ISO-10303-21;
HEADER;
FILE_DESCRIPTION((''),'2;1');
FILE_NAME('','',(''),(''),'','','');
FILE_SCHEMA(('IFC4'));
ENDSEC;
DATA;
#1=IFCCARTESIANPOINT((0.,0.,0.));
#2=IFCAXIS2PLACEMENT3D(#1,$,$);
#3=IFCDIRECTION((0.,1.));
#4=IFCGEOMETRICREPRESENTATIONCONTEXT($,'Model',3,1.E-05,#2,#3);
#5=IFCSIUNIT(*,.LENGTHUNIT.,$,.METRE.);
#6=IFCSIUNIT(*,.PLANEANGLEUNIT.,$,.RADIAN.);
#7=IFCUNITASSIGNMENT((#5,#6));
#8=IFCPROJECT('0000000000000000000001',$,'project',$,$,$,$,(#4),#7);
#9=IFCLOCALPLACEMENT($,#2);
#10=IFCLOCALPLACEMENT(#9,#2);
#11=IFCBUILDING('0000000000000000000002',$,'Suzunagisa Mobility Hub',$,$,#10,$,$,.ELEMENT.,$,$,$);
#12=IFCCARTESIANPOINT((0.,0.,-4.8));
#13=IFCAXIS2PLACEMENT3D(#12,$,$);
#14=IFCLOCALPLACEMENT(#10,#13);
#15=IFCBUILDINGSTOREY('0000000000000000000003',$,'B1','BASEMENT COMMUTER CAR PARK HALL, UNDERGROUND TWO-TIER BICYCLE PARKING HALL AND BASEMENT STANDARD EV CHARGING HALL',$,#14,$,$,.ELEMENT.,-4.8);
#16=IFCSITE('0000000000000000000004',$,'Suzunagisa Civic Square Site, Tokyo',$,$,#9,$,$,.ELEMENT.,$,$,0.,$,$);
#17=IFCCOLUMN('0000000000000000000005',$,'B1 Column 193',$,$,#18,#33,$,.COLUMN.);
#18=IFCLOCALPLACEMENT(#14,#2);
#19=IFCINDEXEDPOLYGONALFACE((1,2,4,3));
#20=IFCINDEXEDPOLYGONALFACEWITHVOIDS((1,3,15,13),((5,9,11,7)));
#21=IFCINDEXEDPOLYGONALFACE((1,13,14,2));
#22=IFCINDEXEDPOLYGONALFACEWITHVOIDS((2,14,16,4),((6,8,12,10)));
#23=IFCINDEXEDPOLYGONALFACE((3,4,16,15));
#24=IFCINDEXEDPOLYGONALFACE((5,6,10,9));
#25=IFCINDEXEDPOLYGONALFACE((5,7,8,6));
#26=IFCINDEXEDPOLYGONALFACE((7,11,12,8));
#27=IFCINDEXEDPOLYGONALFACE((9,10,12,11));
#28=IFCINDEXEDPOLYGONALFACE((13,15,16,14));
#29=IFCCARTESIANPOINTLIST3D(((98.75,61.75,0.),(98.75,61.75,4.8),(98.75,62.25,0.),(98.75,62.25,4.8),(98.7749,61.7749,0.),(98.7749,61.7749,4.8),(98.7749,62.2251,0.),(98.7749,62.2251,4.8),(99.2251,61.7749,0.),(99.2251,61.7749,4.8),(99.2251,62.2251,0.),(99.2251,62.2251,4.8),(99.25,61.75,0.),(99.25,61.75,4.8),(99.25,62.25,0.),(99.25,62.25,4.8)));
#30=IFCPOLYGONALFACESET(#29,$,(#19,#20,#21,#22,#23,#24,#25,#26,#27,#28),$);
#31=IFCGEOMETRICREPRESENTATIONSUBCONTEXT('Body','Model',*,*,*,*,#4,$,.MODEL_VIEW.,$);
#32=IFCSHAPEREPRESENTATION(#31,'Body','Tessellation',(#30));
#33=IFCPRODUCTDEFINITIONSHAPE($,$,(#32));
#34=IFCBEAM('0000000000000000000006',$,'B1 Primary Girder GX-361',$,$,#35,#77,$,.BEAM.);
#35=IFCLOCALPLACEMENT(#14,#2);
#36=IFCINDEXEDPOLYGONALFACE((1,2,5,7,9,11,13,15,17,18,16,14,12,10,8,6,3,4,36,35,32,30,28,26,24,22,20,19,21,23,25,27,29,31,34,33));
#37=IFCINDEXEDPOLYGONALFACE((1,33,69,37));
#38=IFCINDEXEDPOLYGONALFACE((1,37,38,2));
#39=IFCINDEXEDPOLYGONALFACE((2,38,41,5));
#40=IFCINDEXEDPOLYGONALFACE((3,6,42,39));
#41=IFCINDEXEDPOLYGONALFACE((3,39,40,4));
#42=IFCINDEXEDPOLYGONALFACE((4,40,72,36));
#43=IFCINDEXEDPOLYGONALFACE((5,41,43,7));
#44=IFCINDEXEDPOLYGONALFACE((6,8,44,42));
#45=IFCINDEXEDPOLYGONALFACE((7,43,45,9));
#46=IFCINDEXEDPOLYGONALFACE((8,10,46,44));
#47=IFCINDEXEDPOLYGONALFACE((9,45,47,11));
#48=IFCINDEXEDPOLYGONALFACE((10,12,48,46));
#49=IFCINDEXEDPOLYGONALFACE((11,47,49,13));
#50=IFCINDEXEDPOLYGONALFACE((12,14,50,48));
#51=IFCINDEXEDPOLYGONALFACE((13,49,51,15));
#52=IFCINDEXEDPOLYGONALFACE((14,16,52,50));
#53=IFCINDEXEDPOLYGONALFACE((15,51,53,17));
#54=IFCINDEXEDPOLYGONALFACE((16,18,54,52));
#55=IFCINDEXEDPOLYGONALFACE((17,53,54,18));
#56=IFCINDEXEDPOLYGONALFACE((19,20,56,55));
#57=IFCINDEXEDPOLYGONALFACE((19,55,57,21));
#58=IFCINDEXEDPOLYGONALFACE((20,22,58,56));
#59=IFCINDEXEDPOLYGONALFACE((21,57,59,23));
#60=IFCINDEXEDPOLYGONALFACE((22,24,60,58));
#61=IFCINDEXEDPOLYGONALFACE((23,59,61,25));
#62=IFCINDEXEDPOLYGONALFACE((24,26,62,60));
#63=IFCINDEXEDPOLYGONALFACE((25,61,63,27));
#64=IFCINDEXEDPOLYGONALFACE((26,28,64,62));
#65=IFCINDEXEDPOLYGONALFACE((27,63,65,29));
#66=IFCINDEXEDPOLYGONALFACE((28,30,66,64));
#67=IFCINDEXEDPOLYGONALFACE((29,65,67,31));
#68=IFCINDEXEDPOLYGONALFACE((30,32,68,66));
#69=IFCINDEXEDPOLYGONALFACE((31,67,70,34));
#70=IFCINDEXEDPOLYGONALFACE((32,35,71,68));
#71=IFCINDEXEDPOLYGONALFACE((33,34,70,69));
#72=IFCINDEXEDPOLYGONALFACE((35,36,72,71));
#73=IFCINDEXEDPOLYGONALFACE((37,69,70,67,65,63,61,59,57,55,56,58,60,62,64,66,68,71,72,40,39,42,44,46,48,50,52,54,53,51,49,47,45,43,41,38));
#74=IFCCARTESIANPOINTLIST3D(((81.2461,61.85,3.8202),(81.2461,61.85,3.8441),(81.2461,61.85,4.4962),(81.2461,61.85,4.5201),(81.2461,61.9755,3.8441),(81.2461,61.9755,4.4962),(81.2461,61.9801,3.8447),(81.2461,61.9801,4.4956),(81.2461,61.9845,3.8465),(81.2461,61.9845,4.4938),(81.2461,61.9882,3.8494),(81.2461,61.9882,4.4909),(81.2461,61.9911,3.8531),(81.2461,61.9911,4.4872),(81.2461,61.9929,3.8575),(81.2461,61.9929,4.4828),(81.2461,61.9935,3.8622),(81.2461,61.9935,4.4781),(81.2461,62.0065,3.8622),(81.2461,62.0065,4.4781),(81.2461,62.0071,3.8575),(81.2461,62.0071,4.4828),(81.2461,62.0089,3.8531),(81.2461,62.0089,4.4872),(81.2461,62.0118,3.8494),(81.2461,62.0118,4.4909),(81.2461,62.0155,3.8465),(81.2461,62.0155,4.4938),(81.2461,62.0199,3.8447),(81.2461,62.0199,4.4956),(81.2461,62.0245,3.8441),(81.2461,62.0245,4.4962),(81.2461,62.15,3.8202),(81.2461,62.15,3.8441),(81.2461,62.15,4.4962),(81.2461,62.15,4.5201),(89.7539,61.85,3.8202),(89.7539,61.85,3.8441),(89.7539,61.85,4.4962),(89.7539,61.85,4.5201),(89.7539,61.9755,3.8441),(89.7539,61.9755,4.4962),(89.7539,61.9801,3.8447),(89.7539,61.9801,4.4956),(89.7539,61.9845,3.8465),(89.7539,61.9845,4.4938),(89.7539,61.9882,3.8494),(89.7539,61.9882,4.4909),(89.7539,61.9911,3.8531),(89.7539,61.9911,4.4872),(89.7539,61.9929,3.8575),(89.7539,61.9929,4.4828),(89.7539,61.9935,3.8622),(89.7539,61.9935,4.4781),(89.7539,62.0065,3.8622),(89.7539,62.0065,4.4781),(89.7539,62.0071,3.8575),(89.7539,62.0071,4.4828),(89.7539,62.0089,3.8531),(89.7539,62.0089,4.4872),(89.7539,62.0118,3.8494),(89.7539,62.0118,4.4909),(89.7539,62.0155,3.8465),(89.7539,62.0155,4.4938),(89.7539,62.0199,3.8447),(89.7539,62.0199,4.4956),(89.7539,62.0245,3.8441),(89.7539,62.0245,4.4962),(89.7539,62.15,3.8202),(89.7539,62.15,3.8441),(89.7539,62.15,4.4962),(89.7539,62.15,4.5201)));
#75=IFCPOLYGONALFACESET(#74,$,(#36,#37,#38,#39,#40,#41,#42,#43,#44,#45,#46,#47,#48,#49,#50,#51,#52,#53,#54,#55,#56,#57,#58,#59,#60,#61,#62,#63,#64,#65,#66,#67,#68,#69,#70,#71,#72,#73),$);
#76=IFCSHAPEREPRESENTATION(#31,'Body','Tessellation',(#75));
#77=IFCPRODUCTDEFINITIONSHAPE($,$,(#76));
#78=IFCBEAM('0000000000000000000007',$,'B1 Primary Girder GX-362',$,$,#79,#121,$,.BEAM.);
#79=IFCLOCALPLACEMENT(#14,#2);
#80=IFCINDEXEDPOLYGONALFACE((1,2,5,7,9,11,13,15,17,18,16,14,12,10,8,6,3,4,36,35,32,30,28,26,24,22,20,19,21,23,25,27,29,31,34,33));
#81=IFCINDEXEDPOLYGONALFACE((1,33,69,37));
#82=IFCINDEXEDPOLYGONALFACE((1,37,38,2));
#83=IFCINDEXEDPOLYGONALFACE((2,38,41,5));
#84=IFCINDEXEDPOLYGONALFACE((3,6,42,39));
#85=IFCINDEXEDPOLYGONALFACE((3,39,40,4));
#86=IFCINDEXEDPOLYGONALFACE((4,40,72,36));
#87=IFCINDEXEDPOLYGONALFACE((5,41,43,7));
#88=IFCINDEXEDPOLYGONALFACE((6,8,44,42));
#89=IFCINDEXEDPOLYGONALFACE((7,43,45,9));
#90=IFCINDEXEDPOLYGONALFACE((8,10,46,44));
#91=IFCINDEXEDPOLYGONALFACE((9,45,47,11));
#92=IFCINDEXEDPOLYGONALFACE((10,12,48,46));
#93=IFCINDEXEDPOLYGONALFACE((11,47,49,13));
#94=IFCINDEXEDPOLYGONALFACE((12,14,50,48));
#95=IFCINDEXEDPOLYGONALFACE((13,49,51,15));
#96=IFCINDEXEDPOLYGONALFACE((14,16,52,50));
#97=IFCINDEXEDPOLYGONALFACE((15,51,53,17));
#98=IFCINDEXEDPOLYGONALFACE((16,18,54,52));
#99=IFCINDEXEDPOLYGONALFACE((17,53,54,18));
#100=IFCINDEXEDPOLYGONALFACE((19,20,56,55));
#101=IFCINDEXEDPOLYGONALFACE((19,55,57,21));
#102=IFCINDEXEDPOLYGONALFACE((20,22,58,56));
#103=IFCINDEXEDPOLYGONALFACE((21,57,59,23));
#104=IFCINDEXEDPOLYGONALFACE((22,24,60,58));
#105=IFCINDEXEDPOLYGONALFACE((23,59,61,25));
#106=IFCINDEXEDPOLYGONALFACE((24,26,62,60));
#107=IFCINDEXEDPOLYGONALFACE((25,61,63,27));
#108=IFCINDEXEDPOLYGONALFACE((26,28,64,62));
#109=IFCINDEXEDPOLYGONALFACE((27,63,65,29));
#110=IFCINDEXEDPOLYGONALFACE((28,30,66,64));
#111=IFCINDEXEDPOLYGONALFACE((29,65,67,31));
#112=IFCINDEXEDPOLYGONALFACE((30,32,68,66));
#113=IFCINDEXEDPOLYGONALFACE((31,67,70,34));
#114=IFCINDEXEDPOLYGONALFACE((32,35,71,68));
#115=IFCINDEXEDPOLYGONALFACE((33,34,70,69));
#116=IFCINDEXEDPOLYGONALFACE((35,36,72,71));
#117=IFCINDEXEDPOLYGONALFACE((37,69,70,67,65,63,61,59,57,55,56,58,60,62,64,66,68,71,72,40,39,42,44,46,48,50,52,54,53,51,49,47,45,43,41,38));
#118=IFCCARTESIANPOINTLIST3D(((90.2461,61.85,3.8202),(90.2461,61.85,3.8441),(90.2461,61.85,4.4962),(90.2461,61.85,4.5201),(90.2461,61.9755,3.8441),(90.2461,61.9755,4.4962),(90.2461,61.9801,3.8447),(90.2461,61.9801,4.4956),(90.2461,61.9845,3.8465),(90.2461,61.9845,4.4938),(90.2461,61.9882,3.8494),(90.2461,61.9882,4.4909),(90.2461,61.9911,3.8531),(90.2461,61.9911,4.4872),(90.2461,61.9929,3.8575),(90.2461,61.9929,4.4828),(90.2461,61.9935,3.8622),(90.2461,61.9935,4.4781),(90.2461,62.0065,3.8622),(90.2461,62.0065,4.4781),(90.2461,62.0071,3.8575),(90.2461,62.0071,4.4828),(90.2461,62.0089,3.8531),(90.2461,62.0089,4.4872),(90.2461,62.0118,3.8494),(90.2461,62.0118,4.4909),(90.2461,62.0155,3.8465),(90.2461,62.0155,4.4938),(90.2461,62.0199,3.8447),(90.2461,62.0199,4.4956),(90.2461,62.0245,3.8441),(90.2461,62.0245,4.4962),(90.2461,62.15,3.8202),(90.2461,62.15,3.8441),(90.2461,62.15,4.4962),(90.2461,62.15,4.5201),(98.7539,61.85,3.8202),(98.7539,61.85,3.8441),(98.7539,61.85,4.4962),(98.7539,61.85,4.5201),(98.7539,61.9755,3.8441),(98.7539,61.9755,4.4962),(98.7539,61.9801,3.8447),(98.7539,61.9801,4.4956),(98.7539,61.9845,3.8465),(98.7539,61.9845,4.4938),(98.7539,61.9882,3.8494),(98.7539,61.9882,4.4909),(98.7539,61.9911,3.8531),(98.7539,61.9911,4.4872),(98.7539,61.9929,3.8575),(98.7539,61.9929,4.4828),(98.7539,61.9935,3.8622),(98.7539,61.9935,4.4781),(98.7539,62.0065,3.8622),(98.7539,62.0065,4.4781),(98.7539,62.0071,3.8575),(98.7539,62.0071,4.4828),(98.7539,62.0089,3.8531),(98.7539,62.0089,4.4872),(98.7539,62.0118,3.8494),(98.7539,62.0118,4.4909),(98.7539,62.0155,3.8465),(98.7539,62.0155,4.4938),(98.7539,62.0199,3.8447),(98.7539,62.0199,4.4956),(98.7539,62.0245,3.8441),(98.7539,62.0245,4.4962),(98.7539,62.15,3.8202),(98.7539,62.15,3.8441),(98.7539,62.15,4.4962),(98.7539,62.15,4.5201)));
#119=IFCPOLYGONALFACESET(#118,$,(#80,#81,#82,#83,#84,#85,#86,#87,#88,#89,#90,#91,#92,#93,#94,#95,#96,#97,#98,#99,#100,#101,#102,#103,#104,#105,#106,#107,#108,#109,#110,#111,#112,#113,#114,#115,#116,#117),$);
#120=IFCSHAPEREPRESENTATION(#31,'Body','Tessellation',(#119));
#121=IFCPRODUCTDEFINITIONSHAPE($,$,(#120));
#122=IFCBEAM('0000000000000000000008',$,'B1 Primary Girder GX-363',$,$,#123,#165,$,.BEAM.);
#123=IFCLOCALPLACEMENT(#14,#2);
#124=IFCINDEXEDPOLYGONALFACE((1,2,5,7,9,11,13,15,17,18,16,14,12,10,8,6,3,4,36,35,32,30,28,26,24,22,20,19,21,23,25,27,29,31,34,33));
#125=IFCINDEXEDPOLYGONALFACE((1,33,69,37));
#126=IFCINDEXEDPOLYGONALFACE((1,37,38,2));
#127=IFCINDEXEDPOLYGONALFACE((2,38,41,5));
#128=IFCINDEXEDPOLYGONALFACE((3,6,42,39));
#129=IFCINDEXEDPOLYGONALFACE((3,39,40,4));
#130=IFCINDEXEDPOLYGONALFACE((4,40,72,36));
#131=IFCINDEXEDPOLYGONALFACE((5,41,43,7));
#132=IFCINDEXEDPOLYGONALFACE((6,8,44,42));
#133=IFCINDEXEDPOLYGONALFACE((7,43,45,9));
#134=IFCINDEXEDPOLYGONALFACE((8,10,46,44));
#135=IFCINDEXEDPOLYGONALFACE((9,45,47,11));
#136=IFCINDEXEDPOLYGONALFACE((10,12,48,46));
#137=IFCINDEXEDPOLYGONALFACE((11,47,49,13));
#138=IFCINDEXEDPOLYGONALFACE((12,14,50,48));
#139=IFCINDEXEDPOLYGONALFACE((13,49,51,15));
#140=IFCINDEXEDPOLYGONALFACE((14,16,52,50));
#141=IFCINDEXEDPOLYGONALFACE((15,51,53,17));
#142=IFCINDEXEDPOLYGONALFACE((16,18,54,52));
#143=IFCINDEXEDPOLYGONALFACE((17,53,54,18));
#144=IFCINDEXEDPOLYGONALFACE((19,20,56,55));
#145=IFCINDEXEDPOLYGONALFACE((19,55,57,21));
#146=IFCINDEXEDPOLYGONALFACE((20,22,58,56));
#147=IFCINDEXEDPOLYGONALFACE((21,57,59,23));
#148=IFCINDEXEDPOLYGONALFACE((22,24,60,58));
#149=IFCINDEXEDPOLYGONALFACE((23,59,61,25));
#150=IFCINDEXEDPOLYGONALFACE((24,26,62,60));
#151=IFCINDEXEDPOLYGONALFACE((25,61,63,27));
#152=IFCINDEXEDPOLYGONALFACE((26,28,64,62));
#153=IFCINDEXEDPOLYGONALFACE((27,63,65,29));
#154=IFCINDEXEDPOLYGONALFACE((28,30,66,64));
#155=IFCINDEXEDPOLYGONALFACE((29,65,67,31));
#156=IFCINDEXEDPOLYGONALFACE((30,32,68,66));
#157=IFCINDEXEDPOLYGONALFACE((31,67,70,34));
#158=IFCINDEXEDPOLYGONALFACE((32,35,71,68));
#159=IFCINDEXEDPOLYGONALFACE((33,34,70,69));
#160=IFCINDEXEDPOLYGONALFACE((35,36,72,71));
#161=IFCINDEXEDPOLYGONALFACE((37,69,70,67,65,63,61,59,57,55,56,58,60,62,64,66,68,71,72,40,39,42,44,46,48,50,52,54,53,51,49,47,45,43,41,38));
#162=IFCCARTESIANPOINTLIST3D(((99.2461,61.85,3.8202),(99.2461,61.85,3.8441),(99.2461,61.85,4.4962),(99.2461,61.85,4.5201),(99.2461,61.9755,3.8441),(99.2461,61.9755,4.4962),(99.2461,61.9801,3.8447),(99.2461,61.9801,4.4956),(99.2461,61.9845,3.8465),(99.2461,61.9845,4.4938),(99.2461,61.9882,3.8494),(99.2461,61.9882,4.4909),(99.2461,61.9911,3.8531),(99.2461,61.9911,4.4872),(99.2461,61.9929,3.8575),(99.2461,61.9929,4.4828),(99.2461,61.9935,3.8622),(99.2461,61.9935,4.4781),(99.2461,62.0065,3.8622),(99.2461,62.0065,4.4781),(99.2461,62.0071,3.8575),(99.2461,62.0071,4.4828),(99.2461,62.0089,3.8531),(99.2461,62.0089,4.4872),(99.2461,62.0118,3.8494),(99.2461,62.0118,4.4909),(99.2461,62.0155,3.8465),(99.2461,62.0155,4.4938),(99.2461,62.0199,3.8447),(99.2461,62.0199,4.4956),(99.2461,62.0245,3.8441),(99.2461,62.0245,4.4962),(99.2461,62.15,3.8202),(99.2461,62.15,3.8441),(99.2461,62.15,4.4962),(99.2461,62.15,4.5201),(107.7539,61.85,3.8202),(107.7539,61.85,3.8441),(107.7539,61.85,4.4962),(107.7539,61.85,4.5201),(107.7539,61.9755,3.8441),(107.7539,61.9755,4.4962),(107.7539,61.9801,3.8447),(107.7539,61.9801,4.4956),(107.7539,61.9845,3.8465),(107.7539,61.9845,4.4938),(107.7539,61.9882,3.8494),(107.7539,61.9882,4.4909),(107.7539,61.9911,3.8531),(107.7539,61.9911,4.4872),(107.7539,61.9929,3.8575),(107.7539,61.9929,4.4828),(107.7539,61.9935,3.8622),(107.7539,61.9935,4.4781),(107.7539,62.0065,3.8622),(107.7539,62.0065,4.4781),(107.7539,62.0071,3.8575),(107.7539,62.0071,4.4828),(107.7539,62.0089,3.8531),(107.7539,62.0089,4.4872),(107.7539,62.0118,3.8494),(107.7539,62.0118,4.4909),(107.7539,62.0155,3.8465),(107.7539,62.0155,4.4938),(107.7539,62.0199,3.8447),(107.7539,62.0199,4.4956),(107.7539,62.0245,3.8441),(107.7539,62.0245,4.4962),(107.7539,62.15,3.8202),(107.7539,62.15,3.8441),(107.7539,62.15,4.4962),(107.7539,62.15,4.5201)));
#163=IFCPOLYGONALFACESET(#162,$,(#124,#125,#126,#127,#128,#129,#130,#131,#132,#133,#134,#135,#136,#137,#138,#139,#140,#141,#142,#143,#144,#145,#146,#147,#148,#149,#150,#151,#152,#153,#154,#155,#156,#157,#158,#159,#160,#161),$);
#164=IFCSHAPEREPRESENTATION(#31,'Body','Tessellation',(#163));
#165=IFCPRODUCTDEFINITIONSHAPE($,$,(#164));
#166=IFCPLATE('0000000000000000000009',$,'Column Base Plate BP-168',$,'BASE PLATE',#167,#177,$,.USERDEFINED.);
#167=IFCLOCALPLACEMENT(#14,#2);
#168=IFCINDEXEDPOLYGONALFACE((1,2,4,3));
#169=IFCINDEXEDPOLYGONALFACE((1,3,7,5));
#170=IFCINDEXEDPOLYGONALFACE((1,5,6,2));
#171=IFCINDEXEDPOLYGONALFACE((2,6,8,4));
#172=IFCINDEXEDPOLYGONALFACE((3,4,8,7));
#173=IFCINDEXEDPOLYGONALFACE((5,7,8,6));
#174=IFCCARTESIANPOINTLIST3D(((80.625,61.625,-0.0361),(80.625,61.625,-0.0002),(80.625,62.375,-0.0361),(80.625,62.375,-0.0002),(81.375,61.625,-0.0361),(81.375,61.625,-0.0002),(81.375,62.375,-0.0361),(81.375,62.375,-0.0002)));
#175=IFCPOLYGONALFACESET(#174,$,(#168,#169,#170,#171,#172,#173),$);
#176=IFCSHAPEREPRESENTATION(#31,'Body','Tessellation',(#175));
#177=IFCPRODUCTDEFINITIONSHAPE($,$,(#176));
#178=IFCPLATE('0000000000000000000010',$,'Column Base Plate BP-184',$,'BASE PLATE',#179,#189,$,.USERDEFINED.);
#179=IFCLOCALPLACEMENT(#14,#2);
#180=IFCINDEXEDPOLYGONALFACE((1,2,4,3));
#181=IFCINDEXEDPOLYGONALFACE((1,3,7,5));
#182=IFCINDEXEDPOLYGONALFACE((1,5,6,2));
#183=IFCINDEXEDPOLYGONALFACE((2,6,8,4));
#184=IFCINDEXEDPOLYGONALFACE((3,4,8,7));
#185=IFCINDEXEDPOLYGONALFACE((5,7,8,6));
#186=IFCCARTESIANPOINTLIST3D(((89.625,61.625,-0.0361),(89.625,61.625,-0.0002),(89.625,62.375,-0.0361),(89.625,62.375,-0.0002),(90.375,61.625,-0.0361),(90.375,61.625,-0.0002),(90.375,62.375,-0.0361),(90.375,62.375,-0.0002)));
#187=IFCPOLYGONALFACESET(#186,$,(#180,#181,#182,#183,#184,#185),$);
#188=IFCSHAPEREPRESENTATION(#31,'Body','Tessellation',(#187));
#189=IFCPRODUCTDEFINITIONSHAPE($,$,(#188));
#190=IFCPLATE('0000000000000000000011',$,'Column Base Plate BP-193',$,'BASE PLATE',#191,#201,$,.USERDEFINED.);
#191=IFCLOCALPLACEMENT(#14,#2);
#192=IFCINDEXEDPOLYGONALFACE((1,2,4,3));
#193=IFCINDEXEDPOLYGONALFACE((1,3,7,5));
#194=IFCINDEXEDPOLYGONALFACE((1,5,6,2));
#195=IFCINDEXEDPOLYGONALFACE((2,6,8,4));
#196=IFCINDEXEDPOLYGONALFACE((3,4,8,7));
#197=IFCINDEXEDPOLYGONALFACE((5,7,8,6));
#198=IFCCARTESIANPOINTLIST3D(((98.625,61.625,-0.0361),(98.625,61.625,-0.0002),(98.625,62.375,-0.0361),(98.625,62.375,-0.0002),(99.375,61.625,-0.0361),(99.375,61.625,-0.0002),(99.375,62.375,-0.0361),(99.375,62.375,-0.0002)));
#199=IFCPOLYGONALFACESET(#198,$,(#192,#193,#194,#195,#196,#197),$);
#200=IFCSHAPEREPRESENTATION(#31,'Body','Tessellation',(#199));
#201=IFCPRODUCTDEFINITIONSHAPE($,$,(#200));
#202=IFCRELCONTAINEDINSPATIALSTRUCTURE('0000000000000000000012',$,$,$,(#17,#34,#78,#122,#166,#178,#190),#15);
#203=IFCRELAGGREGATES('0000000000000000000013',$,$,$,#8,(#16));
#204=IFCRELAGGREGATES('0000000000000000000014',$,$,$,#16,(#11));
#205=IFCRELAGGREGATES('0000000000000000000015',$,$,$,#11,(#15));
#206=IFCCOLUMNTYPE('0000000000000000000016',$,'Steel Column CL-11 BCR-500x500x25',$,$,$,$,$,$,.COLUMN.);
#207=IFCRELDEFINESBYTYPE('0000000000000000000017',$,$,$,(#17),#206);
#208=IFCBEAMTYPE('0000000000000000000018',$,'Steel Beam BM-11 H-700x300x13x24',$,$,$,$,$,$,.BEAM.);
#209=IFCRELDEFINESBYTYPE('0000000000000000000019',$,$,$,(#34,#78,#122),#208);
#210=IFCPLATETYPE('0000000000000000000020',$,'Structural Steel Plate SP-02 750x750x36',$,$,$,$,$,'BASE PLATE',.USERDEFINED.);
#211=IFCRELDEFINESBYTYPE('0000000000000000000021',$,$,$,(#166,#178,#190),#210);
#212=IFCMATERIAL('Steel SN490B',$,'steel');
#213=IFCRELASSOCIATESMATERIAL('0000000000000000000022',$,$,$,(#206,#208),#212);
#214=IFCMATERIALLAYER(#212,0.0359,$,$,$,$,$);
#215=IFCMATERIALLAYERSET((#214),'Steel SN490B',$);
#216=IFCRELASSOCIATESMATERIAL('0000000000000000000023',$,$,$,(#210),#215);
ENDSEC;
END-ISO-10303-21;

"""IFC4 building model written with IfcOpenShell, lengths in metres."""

from ifc_helpers import new_model, si_unit, direction, frame, origin, origin_2d, place, context, subcontext, project, spatial, rectangle, hollow_rectangle, i_section, extrude, material, layer, layer_set, material_profile, profile_set, type_object, element, save


model = new_model("IFC4")

# Units and contexts
model_context = context("Model", 3, precision=1e-05, world=origin(), true_north=direction((0.0, 1.0)))
body_context = subcontext(model_context, "Body", "Model", "MODEL_VIEW")
ifc_project = project(units=[si_unit("LENGTHUNIT", "METRE"), si_unit("PLANEANGLEUNIT", "RADIAN")], contexts=[model_context])

# Site, building, storey
site_placement = place(None, origin())
site = spatial("IfcSite", under=ifc_project, at=site_placement, Name="Suzunagisa Civic Square Site, Tokyo", CompositionType="ELEMENT", RefElevation=0.0)
building_placement = place(site_placement, origin())
building = spatial("IfcBuilding", under=site, at=building_placement, Name="Suzunagisa Mobility Hub", CompositionType="ELEMENT")
storey_placement = place(building_placement, frame((0.0, 0.0, -4.8)))
storey = spatial("IfcBuildingStorey", under=building, at=storey_placement, Name="B1", Description="BASEMENT COMMUTER CAR PARK HALL, UNDERGROUND TWO-TIER BICYCLE PARKING HALL AND BASEMENT STANDARD EV CHARGING HALL", CompositionType="ELEMENT", Elevation=-4.8)

# Column
ifc_material_1 = material(Name="Steel SN490B", Category="steel")
ifc_material_profile_1 = material_profile(ifc_material_1, hollow_rectangle(XDim=0.5, YDim=0.5, WallThickness=0.0249, at=origin_2d()), Name="BCR-500x500x25")
ifc_profile_set_1 = profile_set([ifc_material_profile_1], Name="Steel SN490B")
column_type_1 = type_object("IfcColumnType", Name="Steel Column CL-11 BCR-500x500x25", PredefinedType="COLUMN", material=ifc_profile_set_1)
for number, where, z_axis, x_axis, name in (
    (1, (99.0, 62.0, 0.0), (0.0, 0.0, 1.0), (1.0, 0.0, 0.0), "B1 Column 193"),
):
    element("IfcColumn", number, at=place(storey_placement, frame(where, z_axis=z_axis, x_axis=x_axis)), inside=storey, type_object=column_type_1, Name=name, PredefinedType="COLUMN", context=body_context, shape_type="SweptSolid", body=[
        extrude(hollow_rectangle(XDim=0.5, YDim=0.5, WallThickness=0.0249, at=origin_2d()), origin(), (0.0, 0.0, 1.0), 4.8),
    ])

# Beams
ifc_material_profile_2 = material_profile(ifc_material_1, i_section(OverallWidth=0.3, OverallDepth=0.7, WebThickness=0.0129, FlangeThickness=0.0239, FilletRadius=0.0181, at=origin_2d()), Name="H-700x300x13x24")
ifc_profile_set_2 = profile_set([ifc_material_profile_2], Name="Steel SN490B")
beam_type = type_object("IfcBeamType", Name="Steel Beam BM-11 H-700x300x13x24", PredefinedType="BEAM", material=ifc_profile_set_2)
for number, where, z_axis, x_axis, name in (
    (2, (81.2461, 62.0, 4.1702), (1.0, 0.0, 0.0), (0.0, 1.0, 0.0), "B1 Primary Girder GX-361"),
    (3, (90.2461, 62.0, 4.1702), (1.0, 0.0, 0.0), (0.0, 1.0, 0.0), "B1 Primary Girder GX-362"),
    (4, (99.2461, 62.0, 4.1702), (1.0, 0.0, 0.0), (0.0, 1.0, 0.0), "B1 Primary Girder GX-363"),
):
    element("IfcBeam", number, at=place(storey_placement, frame(where, z_axis=z_axis, x_axis=x_axis)), inside=storey, type_object=beam_type, Name=name, PredefinedType="BEAM", context=body_context, shape_type="SweptSolid", body=[
        extrude(i_section(OverallWidth=0.3, OverallDepth=0.7, WebThickness=0.0129, FlangeThickness=0.0239, FilletRadius=0.0181, at=origin_2d()), origin(), (0.0, 0.0, 1.0), 8.5078),
    ])

# Plates
ifc_layer = layer(ifc_material_1, 0.0359)
ifc_layer_set = layer_set([ifc_layer], Name="Steel SN490B")
plate_type = type_object("IfcPlateType", Name="Structural Steel Plate SP-02 750x750x36", ElementType="BASE PLATE", PredefinedType="USERDEFINED", material=ifc_layer_set)
for number, where, z_axis, x_axis, name in (
    (5, (81.0, 62.0, -0.0361), (0.0, 0.0, 1.0), (1.0, 0.0, 0.0), "Column Base Plate BP-168"),
    (6, (90.0, 62.0, -0.0361), (0.0, 0.0, 1.0), (1.0, 0.0, 0.0), "Column Base Plate BP-184"),
    (7, (99.0, 62.0, -0.0361), (0.0, 0.0, 1.0), (1.0, 0.0, 0.0), "Column Base Plate BP-193"),
):
    element("IfcPlate", number, at=place(storey_placement, frame(where, z_axis=z_axis, x_axis=x_axis)), inside=storey, type_object=plate_type, Name=name, ObjectType="BASE PLATE", PredefinedType="USERDEFINED", context=body_context, shape_type="SweptSolid", body=[
        extrude(rectangle(XDim=0.75, YDim=0.75, at=origin_2d()), origin(), (0.0, 0.0, 1.0), 0.0359),
    ])

save(model, "model.ifc")
